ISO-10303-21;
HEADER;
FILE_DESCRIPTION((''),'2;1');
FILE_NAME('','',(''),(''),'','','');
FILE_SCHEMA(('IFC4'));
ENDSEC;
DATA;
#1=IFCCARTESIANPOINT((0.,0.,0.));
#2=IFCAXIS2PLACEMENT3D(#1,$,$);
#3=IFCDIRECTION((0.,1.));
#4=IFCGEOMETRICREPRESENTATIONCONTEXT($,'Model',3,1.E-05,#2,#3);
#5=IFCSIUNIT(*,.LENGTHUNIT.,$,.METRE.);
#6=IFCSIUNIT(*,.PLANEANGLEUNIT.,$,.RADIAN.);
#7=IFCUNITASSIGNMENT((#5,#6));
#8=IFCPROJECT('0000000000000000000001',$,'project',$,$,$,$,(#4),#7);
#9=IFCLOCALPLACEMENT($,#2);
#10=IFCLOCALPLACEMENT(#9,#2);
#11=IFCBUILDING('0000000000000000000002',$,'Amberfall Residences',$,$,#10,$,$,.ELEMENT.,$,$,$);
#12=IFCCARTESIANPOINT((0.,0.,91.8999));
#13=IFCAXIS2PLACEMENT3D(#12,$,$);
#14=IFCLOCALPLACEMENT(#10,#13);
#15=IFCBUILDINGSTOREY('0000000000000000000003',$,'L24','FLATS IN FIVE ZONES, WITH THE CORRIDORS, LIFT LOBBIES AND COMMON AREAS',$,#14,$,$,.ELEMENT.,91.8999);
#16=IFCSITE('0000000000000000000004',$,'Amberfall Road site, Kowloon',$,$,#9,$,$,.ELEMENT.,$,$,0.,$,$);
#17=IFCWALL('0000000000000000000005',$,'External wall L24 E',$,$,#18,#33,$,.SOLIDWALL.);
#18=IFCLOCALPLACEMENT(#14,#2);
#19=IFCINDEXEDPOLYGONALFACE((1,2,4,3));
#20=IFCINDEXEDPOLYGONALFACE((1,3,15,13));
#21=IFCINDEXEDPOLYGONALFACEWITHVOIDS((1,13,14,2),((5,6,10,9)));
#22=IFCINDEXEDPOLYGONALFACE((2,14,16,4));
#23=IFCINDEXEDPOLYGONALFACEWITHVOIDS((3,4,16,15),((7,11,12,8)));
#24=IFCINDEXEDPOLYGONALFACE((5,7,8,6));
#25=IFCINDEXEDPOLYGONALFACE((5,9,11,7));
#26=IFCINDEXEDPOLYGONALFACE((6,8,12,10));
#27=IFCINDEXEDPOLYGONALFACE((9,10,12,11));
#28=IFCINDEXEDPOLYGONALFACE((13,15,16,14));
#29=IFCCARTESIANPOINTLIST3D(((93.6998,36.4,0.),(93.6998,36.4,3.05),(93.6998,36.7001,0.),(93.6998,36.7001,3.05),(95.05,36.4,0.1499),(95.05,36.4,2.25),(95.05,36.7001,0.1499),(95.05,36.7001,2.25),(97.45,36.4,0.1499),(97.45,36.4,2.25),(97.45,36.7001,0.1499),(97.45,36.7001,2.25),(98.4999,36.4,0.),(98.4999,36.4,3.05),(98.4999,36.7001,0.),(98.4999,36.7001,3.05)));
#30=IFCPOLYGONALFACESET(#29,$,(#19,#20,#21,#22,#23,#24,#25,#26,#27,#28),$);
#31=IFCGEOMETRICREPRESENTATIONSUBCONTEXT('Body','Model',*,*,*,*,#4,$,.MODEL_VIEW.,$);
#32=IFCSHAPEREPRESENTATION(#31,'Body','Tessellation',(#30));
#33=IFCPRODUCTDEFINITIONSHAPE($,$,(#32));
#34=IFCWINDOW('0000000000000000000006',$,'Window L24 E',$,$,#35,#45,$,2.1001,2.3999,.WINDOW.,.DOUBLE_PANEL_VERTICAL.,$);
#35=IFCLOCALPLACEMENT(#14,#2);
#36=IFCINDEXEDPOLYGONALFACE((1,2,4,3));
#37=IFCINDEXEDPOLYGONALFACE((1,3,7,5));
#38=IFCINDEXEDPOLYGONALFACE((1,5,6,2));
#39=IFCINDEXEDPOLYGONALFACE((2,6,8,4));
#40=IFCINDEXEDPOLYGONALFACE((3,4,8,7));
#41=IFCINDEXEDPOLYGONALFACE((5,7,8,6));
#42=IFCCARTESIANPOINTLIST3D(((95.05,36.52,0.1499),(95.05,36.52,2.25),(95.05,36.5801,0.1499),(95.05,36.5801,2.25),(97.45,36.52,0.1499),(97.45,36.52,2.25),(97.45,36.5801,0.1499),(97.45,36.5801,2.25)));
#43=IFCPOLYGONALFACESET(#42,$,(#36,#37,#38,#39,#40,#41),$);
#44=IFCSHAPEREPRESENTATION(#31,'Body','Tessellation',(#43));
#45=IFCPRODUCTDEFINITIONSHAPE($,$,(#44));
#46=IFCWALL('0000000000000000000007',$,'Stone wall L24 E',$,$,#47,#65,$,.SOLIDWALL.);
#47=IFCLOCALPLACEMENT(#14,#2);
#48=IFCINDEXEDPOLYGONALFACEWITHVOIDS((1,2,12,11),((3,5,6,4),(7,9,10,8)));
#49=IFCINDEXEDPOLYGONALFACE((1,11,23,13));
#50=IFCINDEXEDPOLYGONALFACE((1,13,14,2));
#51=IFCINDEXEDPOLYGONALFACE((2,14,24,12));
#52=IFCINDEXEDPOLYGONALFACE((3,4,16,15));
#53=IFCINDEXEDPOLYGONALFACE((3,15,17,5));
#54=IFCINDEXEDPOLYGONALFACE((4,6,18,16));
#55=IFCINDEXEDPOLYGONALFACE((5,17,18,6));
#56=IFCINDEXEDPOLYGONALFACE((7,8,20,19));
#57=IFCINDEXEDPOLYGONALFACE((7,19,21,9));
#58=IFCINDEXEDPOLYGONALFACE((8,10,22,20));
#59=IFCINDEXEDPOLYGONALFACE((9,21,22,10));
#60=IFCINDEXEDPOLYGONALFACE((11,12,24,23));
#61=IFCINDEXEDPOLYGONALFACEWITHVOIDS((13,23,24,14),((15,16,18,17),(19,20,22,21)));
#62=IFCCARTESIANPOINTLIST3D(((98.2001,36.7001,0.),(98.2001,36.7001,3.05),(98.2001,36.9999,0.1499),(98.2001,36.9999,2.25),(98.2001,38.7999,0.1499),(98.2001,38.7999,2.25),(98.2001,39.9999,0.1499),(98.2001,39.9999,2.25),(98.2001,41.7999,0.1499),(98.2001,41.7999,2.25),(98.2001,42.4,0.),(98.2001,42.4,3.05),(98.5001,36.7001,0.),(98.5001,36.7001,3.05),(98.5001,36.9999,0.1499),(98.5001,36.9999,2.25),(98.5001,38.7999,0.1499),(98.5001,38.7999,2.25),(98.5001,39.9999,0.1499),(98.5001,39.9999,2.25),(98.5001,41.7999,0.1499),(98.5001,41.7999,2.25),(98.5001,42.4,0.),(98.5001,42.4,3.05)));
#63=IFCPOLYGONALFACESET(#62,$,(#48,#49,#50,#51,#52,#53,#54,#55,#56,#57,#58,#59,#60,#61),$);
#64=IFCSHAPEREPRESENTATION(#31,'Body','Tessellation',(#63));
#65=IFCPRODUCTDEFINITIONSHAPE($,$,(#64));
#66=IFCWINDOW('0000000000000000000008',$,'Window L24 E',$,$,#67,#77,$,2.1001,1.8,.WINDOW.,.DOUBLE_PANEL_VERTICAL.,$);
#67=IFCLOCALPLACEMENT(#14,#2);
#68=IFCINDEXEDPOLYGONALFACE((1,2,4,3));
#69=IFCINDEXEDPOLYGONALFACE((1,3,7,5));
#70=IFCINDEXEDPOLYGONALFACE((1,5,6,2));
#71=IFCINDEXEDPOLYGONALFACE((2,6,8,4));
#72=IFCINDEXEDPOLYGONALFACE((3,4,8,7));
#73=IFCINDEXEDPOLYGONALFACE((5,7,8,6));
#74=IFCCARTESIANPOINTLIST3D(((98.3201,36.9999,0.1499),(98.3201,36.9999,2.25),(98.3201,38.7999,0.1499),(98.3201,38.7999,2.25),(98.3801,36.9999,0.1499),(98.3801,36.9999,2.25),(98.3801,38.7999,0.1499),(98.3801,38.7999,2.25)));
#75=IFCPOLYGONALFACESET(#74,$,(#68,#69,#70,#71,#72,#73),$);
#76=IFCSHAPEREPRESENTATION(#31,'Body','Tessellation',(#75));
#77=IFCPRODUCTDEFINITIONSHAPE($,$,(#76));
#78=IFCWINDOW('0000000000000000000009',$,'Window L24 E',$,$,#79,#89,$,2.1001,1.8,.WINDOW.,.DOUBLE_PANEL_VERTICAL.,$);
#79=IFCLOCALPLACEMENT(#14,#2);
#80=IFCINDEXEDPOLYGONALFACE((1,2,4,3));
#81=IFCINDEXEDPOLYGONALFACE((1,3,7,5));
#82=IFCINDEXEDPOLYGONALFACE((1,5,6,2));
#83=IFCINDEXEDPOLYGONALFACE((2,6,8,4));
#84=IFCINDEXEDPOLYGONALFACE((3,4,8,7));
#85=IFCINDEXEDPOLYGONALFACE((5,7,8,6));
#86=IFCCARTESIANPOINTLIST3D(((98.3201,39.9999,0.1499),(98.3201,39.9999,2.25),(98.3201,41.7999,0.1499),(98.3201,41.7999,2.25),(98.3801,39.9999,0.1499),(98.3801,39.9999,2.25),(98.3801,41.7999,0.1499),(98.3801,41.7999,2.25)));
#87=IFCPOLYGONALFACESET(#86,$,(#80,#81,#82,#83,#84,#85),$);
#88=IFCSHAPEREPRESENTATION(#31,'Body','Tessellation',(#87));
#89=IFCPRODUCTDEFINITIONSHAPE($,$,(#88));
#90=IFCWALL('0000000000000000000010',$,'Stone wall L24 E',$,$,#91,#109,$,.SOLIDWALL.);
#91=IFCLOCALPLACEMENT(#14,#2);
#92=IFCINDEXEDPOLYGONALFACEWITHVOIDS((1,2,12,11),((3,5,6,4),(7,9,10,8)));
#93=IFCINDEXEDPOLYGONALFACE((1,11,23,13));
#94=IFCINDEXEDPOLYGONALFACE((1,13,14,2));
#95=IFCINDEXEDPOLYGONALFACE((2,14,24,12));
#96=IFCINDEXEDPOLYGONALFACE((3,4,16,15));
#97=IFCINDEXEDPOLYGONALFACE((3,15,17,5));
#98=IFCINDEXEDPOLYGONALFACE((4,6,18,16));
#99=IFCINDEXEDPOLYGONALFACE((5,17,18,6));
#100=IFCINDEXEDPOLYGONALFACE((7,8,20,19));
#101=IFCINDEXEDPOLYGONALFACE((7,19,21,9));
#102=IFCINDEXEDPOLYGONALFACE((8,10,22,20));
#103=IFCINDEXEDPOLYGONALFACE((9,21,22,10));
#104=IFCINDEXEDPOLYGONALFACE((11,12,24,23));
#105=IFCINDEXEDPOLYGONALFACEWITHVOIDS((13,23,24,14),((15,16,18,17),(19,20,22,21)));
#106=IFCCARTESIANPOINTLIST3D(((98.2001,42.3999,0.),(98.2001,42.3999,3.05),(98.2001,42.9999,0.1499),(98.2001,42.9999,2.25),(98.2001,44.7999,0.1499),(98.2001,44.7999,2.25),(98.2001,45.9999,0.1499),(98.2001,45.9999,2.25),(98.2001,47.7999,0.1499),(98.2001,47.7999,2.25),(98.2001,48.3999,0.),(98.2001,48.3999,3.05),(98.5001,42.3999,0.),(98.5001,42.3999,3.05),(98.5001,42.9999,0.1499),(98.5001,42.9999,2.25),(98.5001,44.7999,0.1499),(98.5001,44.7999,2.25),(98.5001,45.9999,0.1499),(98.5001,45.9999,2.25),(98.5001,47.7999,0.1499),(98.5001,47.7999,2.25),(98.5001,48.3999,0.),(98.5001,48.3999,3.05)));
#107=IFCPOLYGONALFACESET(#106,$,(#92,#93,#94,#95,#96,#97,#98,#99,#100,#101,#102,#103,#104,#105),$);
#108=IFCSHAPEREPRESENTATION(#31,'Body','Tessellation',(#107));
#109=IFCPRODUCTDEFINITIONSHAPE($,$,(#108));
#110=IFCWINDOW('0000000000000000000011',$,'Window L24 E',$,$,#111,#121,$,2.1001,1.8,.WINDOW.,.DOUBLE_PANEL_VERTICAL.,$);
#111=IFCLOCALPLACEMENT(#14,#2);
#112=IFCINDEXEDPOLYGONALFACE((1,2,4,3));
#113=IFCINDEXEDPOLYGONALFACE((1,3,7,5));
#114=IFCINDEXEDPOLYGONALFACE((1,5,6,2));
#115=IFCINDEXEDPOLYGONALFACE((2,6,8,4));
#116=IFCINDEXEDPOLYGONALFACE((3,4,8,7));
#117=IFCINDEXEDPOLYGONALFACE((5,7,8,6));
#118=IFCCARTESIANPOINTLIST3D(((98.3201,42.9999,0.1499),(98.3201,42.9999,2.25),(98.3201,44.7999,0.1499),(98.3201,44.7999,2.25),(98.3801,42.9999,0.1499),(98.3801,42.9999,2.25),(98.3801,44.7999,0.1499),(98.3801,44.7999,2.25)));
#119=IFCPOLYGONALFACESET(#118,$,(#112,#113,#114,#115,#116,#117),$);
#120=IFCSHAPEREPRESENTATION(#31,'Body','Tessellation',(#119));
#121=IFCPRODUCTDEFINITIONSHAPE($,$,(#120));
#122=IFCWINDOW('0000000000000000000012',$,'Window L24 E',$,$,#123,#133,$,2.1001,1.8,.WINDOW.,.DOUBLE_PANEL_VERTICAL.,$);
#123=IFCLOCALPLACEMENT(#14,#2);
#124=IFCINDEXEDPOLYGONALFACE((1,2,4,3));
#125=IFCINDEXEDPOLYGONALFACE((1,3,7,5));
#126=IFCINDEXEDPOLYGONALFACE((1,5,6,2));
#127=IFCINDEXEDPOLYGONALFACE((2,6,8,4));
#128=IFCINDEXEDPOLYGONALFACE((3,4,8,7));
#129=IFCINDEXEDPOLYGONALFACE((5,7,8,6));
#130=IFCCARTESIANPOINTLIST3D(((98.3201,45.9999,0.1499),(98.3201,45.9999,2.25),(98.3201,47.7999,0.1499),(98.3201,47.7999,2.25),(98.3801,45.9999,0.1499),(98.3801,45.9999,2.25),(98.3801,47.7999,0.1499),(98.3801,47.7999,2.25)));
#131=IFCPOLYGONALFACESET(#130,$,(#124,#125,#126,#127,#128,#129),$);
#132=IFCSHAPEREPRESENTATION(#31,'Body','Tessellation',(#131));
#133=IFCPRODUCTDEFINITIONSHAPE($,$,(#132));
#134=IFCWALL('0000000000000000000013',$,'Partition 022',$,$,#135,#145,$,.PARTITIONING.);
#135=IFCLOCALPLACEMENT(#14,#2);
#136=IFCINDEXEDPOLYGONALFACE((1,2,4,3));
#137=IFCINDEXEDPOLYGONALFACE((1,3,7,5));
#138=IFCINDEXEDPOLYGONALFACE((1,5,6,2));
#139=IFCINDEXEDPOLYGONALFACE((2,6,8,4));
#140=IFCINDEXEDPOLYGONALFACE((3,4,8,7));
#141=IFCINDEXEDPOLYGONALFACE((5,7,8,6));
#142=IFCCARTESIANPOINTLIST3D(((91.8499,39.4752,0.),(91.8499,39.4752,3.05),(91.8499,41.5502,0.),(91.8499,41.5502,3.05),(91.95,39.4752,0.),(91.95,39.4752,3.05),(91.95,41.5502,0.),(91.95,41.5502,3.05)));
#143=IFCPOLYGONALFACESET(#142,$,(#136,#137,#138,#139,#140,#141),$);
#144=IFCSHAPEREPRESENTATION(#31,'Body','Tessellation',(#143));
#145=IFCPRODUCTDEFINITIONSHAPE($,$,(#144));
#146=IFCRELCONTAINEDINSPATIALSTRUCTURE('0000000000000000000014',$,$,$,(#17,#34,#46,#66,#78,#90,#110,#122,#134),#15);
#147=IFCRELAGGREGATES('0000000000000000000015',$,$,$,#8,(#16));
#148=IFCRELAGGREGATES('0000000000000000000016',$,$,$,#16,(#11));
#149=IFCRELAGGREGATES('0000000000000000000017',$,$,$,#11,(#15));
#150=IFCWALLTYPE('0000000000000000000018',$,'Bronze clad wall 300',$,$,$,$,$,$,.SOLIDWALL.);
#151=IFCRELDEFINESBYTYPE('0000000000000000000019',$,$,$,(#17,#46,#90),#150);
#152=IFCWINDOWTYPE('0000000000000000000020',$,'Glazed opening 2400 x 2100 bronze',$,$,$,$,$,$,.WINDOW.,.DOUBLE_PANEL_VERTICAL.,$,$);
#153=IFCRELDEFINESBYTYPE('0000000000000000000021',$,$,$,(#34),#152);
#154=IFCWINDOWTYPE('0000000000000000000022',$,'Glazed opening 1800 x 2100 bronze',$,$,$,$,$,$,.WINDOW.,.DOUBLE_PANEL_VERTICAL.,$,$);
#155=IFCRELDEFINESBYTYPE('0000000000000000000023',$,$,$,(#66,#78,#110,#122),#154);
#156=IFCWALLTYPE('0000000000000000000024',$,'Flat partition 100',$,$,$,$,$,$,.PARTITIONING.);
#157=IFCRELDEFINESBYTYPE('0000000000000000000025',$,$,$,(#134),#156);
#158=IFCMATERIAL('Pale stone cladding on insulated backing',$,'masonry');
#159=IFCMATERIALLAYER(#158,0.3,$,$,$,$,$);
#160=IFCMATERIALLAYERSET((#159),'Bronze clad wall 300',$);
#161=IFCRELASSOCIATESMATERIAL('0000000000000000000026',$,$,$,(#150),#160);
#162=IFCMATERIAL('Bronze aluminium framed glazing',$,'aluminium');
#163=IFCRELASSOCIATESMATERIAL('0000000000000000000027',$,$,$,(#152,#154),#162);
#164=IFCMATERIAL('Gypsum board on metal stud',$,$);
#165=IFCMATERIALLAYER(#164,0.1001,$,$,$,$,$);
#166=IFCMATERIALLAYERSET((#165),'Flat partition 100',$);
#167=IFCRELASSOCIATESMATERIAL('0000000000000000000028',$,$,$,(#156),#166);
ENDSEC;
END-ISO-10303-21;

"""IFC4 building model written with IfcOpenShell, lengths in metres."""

from ifc_helpers import new_model, si_unit, direction, frame, frame_2d, origin, place, context, subcontext, project, spatial, rectangle, extrude, material, layer, layer_set, type_object, element, fill, save


model = new_model("IFC4")

# Units and contexts
model_context = context("Model", 3, precision=1e-05, world=origin(), true_north=direction((0.0, 1.0)))
body_context = subcontext(model_context, "Body", "Model", "MODEL_VIEW")
ifc_project = project(units=[si_unit("LENGTHUNIT", "METRE"), si_unit("PLANEANGLEUNIT", "RADIAN")], contexts=[model_context])

# Site, building, storey
site_placement = place(None, origin())
site = spatial("IfcSite", under=ifc_project, at=site_placement, Name="Amberfall Road site, Kowloon", CompositionType="ELEMENT", RefElevation=0.0)
building_placement = place(site_placement, origin())
building = spatial("IfcBuilding", under=site, at=building_placement, Name="Amberfall Residences", CompositionType="ELEMENT")
storey_placement = place(building_placement, frame((0.0, 0.0, 91.8999)))
storey = spatial("IfcBuildingStorey", under=building, at=storey_placement, Name="L24", Description="FLATS IN FIVE ZONES, WITH THE CORRIDORS, LIFT LOBBIES AND COMMON AREAS", CompositionType="ELEMENT", Elevation=91.8999)

# Wall, opening, window
ifc_material_1 = material(Name="Pale stone cladding on insulated backing", Category="masonry")
ifc_layer_1 = layer(ifc_material_1, 0.3)
ifc_layer_set_1 = layer_set([ifc_layer_1], Name="Bronze clad wall 300")
wall_type_1 = type_object("IfcWallType", Name="Bronze clad wall 300", PredefinedType="SOLIDWALL", material=ifc_layer_set_1)
wall_1_placement = place(storey_placement, frame((93.7, 36.55, 0.0), z_axis=(0.0, 0.0, 1.0), x_axis=(1.0, 0.0, 0.0)))
wall_1 = element("IfcWall", 1, at=wall_1_placement, inside=storey, type_object=wall_type_1, Name="External wall L24 E", PredefinedType="SOLIDWALL", context=body_context, shape_type="SweptSolid", body=[
    extrude(rectangle(XDim=4.8, YDim=0.3, at=frame_2d((2.3999, 0.0))), origin(), (0.0, 0.0, 1.0), 3.05),
])
opening_1_placement = place(wall_1_placement, frame((1.3501, 0.0, 0.1499)))
opening_1 = element("IfcOpeningElement", 2, at=opening_1_placement, cuts=wall_1, PredefinedType="OPENING", context=body_context, shape_type="SweptSolid", body=[
    extrude(rectangle(XDim=2.3999, YDim=2.1001, at=frame_2d((1.2, 1.05))), frame((0.0, 0.1599, 0.0), z_axis=(0.0, -1.0, 0.0), x_axis=(1.0, 0.0, 0.0)), (0.0, 0.0, 1.0), 0.3201),
])
ifc_material_2 = material(Name="Bronze aluminium framed glazing", Category="aluminium")
window_type_1 = type_object("IfcWindowType", Name="Glazed opening 2400 x 2100 bronze", PartitioningType="DOUBLE_PANEL_VERTICAL", PredefinedType="WINDOW", material=ifc_material_2)
window_1_placement = place(opening_1_placement, origin())
window_1 = element("IfcWindow", 3, at=window_1_placement, inside=storey, type_object=window_type_1, Name="Window L24 E", OverallHeight=2.1001, OverallWidth=2.3999, PartitioningType="DOUBLE_PANEL_VERTICAL", PredefinedType="WINDOW", context=body_context, shape_type="SweptSolid", body=[
    extrude(rectangle(XDim=2.3999, YDim=2.1001, at=frame_2d((1.2, 1.05))), frame((0.0, 0.03, 0.0), z_axis=(0.0, -1.0, 0.0), x_axis=(1.0, 0.0, 0.0)), (0.0, 0.0, 1.0), 0.0601),
])
fill(opening_1, window_1)

# Walls, openings, windows
wall_2_placement = place(storey_placement, frame((98.3501, 36.7, 0.0), z_axis=(0.0, 0.0, 1.0), x_axis=(0.0, 1.0, 0.0)))
wall_2 = element("IfcWall", 4, at=wall_2_placement, inside=storey, type_object=wall_type_1, Name="Stone wall L24 E", PredefinedType="SOLIDWALL", context=body_context, shape_type="SweptSolid", body=[
    extrude(rectangle(XDim=5.7, YDim=0.3, at=frame_2d((2.8501, 0.0))), origin(), (0.0, 0.0, 1.0), 3.05),
])
opening_2_placement = place(wall_2_placement, frame((0.3, 0.0, 0.1499)))
opening_2 = element("IfcOpeningElement", 5, at=opening_2_placement, cuts=wall_2, PredefinedType="OPENING", context=body_context, shape_type="SweptSolid", body=[
    extrude(rectangle(XDim=1.8, YDim=2.1001, at=frame_2d((0.8999, 1.05))), frame((0.0, 0.1599, 0.0), z_axis=(0.0, -1.0, 0.0), x_axis=(1.0, 0.0, 0.0)), (0.0, 0.0, 1.0), 0.3201),
])
opening_3_placement = place(wall_2_placement, frame((3.3, 0.0, 0.1499)))
opening_3 = element("IfcOpeningElement", 6, at=opening_3_placement, cuts=wall_2, PredefinedType="OPENING", context=body_context, shape_type="SweptSolid", body=[
    extrude(rectangle(XDim=1.8, YDim=2.1001, at=frame_2d((0.8999, 1.05))), frame((0.0, 0.1599, 0.0), z_axis=(0.0, -1.0, 0.0), x_axis=(1.0, 0.0, 0.0)), (0.0, 0.0, 1.0), 0.3201),
])
window_type_2 = type_object("IfcWindowType", Name="Glazed opening 1800 x 2100 bronze", PartitioningType="DOUBLE_PANEL_VERTICAL", PredefinedType="WINDOW", material=ifc_material_2)
window_2_placement = place(opening_2_placement, origin())
window_2 = element("IfcWindow", 7, at=window_2_placement, inside=storey, type_object=window_type_2, Name="Window L24 E", OverallHeight=2.1001, OverallWidth=1.8, PartitioningType="DOUBLE_PANEL_VERTICAL", PredefinedType="WINDOW", context=body_context, shape_type="SweptSolid", body=[
    extrude(rectangle(XDim=1.8, YDim=2.1001, at=frame_2d((0.8999, 1.05))), frame((0.0, 0.03, 0.0), z_axis=(0.0, -1.0, 0.0), x_axis=(1.0, 0.0, 0.0)), (0.0, 0.0, 1.0), 0.0601),
])
fill(opening_2, window_2)
window_3_placement = place(opening_3_placement, origin())
window_3 = element("IfcWindow", 8, at=window_3_placement, inside=storey, type_object=window_type_2, Name="Window L24 E", OverallHeight=2.1001, OverallWidth=1.8, PartitioningType="DOUBLE_PANEL_VERTICAL", PredefinedType="WINDOW", context=body_context, shape_type="SweptSolid", body=[
    extrude(rectangle(XDim=1.8, YDim=2.1001, at=frame_2d((0.8999, 1.05))), frame((0.0, 0.03, 0.0), z_axis=(0.0, -1.0, 0.0), x_axis=(1.0, 0.0, 0.0)), (0.0, 0.0, 1.0), 0.0601),
])
fill(opening_3, window_3)
wall_3_placement = place(storey_placement, frame((98.3501, 42.3999, 0.0), z_axis=(0.0, 0.0, 1.0), x_axis=(0.0, 1.0, 0.0)))
wall_3 = element("IfcWall", 9, at=wall_3_placement, inside=storey, type_object=wall_type_1, Name="Stone wall L24 E", PredefinedType="SOLIDWALL", context=body_context, shape_type="SweptSolid", body=[
    extrude(rectangle(XDim=6.0, YDim=0.3, at=frame_2d((3.0, 0.0))), origin(), (0.0, 0.0, 1.0), 3.05),
])
opening_4_placement = place(wall_3_placement, frame((0.6001, 0.0, 0.1499)))
opening_4 = element("IfcOpeningElement", 10, at=opening_4_placement, cuts=wall_3, PredefinedType="OPENING", context=body_context, shape_type="SweptSolid", body=[
    extrude(rectangle(XDim=1.8, YDim=2.1001, at=frame_2d((0.8999, 1.05))), frame((0.0, 0.1599, 0.0), z_axis=(0.0, -1.0, 0.0), x_axis=(1.0, 0.0, 0.0)), (0.0, 0.0, 1.0), 0.3201),
])
opening_5_placement = place(wall_3_placement, frame((3.6001, 0.0, 0.1499)))
opening_5 = element("IfcOpeningElement", 11, at=opening_5_placement, cuts=wall_3, PredefinedType="OPENING", context=body_context, shape_type="SweptSolid", body=[
    extrude(rectangle(XDim=1.8, YDim=2.1001, at=frame_2d((0.8999, 1.05))), frame((0.0, 0.1599, 0.0), z_axis=(0.0, -1.0, 0.0), x_axis=(1.0, 0.0, 0.0)), (0.0, 0.0, 1.0), 0.3201),
])
window_4_placement = place(opening_4_placement, origin())
window_4 = element("IfcWindow", 12, at=window_4_placement, inside=storey, type_object=window_type_2, Name="Window L24 E", OverallHeight=2.1001, OverallWidth=1.8, PartitioningType="DOUBLE_PANEL_VERTICAL", PredefinedType="WINDOW", context=body_context, shape_type="SweptSolid", body=[
    extrude(rectangle(XDim=1.8, YDim=2.1001, at=frame_2d((0.8999, 1.05))), frame((0.0, 0.03, 0.0), z_axis=(0.0, -1.0, 0.0), x_axis=(1.0, 0.0, 0.0)), (0.0, 0.0, 1.0), 0.0601),
])
fill(opening_4, window_4)
window_5_placement = place(opening_5_placement, origin())
window_5 = element("IfcWindow", 13, at=window_5_placement, inside=storey, type_object=window_type_2, Name="Window L24 E", OverallHeight=2.1001, OverallWidth=1.8, PartitioningType="DOUBLE_PANEL_VERTICAL", PredefinedType="WINDOW", context=body_context, shape_type="SweptSolid", body=[
    extrude(rectangle(XDim=1.8, YDim=2.1001, at=frame_2d((0.8999, 1.05))), frame((0.0, 0.03, 0.0), z_axis=(0.0, -1.0, 0.0), x_axis=(1.0, 0.0, 0.0)), (0.0, 0.0, 1.0), 0.0601),
])
fill(opening_5, window_5)

# Wall
ifc_material_3 = material(Name="Gypsum board on metal stud")
ifc_layer_2 = layer(ifc_material_3, 0.1001)
ifc_layer_set_2 = layer_set([ifc_layer_2], Name="Flat partition 100")
wall_type_2 = type_object("IfcWallType", Name="Flat partition 100", PredefinedType="PARTITIONING", material=ifc_layer_set_2)
wall_4_placement = place(storey_placement, frame((91.8999, 39.4751, 0.0), z_axis=(0.0, 0.0, 1.0), x_axis=(0.0, 1.0, 0.0)))
element("IfcWall", 14, at=wall_4_placement, inside=storey, type_object=wall_type_2, Name="Partition 022", PredefinedType="PARTITIONING", context=body_context, shape_type="SweptSolid", body=[
    extrude(rectangle(XDim=2.075, YDim=0.1001, at=frame_2d((1.0376, 0.0))), origin(), (0.0, 0.0, 1.0), 3.05),
])

save(model, "model.ifc")
